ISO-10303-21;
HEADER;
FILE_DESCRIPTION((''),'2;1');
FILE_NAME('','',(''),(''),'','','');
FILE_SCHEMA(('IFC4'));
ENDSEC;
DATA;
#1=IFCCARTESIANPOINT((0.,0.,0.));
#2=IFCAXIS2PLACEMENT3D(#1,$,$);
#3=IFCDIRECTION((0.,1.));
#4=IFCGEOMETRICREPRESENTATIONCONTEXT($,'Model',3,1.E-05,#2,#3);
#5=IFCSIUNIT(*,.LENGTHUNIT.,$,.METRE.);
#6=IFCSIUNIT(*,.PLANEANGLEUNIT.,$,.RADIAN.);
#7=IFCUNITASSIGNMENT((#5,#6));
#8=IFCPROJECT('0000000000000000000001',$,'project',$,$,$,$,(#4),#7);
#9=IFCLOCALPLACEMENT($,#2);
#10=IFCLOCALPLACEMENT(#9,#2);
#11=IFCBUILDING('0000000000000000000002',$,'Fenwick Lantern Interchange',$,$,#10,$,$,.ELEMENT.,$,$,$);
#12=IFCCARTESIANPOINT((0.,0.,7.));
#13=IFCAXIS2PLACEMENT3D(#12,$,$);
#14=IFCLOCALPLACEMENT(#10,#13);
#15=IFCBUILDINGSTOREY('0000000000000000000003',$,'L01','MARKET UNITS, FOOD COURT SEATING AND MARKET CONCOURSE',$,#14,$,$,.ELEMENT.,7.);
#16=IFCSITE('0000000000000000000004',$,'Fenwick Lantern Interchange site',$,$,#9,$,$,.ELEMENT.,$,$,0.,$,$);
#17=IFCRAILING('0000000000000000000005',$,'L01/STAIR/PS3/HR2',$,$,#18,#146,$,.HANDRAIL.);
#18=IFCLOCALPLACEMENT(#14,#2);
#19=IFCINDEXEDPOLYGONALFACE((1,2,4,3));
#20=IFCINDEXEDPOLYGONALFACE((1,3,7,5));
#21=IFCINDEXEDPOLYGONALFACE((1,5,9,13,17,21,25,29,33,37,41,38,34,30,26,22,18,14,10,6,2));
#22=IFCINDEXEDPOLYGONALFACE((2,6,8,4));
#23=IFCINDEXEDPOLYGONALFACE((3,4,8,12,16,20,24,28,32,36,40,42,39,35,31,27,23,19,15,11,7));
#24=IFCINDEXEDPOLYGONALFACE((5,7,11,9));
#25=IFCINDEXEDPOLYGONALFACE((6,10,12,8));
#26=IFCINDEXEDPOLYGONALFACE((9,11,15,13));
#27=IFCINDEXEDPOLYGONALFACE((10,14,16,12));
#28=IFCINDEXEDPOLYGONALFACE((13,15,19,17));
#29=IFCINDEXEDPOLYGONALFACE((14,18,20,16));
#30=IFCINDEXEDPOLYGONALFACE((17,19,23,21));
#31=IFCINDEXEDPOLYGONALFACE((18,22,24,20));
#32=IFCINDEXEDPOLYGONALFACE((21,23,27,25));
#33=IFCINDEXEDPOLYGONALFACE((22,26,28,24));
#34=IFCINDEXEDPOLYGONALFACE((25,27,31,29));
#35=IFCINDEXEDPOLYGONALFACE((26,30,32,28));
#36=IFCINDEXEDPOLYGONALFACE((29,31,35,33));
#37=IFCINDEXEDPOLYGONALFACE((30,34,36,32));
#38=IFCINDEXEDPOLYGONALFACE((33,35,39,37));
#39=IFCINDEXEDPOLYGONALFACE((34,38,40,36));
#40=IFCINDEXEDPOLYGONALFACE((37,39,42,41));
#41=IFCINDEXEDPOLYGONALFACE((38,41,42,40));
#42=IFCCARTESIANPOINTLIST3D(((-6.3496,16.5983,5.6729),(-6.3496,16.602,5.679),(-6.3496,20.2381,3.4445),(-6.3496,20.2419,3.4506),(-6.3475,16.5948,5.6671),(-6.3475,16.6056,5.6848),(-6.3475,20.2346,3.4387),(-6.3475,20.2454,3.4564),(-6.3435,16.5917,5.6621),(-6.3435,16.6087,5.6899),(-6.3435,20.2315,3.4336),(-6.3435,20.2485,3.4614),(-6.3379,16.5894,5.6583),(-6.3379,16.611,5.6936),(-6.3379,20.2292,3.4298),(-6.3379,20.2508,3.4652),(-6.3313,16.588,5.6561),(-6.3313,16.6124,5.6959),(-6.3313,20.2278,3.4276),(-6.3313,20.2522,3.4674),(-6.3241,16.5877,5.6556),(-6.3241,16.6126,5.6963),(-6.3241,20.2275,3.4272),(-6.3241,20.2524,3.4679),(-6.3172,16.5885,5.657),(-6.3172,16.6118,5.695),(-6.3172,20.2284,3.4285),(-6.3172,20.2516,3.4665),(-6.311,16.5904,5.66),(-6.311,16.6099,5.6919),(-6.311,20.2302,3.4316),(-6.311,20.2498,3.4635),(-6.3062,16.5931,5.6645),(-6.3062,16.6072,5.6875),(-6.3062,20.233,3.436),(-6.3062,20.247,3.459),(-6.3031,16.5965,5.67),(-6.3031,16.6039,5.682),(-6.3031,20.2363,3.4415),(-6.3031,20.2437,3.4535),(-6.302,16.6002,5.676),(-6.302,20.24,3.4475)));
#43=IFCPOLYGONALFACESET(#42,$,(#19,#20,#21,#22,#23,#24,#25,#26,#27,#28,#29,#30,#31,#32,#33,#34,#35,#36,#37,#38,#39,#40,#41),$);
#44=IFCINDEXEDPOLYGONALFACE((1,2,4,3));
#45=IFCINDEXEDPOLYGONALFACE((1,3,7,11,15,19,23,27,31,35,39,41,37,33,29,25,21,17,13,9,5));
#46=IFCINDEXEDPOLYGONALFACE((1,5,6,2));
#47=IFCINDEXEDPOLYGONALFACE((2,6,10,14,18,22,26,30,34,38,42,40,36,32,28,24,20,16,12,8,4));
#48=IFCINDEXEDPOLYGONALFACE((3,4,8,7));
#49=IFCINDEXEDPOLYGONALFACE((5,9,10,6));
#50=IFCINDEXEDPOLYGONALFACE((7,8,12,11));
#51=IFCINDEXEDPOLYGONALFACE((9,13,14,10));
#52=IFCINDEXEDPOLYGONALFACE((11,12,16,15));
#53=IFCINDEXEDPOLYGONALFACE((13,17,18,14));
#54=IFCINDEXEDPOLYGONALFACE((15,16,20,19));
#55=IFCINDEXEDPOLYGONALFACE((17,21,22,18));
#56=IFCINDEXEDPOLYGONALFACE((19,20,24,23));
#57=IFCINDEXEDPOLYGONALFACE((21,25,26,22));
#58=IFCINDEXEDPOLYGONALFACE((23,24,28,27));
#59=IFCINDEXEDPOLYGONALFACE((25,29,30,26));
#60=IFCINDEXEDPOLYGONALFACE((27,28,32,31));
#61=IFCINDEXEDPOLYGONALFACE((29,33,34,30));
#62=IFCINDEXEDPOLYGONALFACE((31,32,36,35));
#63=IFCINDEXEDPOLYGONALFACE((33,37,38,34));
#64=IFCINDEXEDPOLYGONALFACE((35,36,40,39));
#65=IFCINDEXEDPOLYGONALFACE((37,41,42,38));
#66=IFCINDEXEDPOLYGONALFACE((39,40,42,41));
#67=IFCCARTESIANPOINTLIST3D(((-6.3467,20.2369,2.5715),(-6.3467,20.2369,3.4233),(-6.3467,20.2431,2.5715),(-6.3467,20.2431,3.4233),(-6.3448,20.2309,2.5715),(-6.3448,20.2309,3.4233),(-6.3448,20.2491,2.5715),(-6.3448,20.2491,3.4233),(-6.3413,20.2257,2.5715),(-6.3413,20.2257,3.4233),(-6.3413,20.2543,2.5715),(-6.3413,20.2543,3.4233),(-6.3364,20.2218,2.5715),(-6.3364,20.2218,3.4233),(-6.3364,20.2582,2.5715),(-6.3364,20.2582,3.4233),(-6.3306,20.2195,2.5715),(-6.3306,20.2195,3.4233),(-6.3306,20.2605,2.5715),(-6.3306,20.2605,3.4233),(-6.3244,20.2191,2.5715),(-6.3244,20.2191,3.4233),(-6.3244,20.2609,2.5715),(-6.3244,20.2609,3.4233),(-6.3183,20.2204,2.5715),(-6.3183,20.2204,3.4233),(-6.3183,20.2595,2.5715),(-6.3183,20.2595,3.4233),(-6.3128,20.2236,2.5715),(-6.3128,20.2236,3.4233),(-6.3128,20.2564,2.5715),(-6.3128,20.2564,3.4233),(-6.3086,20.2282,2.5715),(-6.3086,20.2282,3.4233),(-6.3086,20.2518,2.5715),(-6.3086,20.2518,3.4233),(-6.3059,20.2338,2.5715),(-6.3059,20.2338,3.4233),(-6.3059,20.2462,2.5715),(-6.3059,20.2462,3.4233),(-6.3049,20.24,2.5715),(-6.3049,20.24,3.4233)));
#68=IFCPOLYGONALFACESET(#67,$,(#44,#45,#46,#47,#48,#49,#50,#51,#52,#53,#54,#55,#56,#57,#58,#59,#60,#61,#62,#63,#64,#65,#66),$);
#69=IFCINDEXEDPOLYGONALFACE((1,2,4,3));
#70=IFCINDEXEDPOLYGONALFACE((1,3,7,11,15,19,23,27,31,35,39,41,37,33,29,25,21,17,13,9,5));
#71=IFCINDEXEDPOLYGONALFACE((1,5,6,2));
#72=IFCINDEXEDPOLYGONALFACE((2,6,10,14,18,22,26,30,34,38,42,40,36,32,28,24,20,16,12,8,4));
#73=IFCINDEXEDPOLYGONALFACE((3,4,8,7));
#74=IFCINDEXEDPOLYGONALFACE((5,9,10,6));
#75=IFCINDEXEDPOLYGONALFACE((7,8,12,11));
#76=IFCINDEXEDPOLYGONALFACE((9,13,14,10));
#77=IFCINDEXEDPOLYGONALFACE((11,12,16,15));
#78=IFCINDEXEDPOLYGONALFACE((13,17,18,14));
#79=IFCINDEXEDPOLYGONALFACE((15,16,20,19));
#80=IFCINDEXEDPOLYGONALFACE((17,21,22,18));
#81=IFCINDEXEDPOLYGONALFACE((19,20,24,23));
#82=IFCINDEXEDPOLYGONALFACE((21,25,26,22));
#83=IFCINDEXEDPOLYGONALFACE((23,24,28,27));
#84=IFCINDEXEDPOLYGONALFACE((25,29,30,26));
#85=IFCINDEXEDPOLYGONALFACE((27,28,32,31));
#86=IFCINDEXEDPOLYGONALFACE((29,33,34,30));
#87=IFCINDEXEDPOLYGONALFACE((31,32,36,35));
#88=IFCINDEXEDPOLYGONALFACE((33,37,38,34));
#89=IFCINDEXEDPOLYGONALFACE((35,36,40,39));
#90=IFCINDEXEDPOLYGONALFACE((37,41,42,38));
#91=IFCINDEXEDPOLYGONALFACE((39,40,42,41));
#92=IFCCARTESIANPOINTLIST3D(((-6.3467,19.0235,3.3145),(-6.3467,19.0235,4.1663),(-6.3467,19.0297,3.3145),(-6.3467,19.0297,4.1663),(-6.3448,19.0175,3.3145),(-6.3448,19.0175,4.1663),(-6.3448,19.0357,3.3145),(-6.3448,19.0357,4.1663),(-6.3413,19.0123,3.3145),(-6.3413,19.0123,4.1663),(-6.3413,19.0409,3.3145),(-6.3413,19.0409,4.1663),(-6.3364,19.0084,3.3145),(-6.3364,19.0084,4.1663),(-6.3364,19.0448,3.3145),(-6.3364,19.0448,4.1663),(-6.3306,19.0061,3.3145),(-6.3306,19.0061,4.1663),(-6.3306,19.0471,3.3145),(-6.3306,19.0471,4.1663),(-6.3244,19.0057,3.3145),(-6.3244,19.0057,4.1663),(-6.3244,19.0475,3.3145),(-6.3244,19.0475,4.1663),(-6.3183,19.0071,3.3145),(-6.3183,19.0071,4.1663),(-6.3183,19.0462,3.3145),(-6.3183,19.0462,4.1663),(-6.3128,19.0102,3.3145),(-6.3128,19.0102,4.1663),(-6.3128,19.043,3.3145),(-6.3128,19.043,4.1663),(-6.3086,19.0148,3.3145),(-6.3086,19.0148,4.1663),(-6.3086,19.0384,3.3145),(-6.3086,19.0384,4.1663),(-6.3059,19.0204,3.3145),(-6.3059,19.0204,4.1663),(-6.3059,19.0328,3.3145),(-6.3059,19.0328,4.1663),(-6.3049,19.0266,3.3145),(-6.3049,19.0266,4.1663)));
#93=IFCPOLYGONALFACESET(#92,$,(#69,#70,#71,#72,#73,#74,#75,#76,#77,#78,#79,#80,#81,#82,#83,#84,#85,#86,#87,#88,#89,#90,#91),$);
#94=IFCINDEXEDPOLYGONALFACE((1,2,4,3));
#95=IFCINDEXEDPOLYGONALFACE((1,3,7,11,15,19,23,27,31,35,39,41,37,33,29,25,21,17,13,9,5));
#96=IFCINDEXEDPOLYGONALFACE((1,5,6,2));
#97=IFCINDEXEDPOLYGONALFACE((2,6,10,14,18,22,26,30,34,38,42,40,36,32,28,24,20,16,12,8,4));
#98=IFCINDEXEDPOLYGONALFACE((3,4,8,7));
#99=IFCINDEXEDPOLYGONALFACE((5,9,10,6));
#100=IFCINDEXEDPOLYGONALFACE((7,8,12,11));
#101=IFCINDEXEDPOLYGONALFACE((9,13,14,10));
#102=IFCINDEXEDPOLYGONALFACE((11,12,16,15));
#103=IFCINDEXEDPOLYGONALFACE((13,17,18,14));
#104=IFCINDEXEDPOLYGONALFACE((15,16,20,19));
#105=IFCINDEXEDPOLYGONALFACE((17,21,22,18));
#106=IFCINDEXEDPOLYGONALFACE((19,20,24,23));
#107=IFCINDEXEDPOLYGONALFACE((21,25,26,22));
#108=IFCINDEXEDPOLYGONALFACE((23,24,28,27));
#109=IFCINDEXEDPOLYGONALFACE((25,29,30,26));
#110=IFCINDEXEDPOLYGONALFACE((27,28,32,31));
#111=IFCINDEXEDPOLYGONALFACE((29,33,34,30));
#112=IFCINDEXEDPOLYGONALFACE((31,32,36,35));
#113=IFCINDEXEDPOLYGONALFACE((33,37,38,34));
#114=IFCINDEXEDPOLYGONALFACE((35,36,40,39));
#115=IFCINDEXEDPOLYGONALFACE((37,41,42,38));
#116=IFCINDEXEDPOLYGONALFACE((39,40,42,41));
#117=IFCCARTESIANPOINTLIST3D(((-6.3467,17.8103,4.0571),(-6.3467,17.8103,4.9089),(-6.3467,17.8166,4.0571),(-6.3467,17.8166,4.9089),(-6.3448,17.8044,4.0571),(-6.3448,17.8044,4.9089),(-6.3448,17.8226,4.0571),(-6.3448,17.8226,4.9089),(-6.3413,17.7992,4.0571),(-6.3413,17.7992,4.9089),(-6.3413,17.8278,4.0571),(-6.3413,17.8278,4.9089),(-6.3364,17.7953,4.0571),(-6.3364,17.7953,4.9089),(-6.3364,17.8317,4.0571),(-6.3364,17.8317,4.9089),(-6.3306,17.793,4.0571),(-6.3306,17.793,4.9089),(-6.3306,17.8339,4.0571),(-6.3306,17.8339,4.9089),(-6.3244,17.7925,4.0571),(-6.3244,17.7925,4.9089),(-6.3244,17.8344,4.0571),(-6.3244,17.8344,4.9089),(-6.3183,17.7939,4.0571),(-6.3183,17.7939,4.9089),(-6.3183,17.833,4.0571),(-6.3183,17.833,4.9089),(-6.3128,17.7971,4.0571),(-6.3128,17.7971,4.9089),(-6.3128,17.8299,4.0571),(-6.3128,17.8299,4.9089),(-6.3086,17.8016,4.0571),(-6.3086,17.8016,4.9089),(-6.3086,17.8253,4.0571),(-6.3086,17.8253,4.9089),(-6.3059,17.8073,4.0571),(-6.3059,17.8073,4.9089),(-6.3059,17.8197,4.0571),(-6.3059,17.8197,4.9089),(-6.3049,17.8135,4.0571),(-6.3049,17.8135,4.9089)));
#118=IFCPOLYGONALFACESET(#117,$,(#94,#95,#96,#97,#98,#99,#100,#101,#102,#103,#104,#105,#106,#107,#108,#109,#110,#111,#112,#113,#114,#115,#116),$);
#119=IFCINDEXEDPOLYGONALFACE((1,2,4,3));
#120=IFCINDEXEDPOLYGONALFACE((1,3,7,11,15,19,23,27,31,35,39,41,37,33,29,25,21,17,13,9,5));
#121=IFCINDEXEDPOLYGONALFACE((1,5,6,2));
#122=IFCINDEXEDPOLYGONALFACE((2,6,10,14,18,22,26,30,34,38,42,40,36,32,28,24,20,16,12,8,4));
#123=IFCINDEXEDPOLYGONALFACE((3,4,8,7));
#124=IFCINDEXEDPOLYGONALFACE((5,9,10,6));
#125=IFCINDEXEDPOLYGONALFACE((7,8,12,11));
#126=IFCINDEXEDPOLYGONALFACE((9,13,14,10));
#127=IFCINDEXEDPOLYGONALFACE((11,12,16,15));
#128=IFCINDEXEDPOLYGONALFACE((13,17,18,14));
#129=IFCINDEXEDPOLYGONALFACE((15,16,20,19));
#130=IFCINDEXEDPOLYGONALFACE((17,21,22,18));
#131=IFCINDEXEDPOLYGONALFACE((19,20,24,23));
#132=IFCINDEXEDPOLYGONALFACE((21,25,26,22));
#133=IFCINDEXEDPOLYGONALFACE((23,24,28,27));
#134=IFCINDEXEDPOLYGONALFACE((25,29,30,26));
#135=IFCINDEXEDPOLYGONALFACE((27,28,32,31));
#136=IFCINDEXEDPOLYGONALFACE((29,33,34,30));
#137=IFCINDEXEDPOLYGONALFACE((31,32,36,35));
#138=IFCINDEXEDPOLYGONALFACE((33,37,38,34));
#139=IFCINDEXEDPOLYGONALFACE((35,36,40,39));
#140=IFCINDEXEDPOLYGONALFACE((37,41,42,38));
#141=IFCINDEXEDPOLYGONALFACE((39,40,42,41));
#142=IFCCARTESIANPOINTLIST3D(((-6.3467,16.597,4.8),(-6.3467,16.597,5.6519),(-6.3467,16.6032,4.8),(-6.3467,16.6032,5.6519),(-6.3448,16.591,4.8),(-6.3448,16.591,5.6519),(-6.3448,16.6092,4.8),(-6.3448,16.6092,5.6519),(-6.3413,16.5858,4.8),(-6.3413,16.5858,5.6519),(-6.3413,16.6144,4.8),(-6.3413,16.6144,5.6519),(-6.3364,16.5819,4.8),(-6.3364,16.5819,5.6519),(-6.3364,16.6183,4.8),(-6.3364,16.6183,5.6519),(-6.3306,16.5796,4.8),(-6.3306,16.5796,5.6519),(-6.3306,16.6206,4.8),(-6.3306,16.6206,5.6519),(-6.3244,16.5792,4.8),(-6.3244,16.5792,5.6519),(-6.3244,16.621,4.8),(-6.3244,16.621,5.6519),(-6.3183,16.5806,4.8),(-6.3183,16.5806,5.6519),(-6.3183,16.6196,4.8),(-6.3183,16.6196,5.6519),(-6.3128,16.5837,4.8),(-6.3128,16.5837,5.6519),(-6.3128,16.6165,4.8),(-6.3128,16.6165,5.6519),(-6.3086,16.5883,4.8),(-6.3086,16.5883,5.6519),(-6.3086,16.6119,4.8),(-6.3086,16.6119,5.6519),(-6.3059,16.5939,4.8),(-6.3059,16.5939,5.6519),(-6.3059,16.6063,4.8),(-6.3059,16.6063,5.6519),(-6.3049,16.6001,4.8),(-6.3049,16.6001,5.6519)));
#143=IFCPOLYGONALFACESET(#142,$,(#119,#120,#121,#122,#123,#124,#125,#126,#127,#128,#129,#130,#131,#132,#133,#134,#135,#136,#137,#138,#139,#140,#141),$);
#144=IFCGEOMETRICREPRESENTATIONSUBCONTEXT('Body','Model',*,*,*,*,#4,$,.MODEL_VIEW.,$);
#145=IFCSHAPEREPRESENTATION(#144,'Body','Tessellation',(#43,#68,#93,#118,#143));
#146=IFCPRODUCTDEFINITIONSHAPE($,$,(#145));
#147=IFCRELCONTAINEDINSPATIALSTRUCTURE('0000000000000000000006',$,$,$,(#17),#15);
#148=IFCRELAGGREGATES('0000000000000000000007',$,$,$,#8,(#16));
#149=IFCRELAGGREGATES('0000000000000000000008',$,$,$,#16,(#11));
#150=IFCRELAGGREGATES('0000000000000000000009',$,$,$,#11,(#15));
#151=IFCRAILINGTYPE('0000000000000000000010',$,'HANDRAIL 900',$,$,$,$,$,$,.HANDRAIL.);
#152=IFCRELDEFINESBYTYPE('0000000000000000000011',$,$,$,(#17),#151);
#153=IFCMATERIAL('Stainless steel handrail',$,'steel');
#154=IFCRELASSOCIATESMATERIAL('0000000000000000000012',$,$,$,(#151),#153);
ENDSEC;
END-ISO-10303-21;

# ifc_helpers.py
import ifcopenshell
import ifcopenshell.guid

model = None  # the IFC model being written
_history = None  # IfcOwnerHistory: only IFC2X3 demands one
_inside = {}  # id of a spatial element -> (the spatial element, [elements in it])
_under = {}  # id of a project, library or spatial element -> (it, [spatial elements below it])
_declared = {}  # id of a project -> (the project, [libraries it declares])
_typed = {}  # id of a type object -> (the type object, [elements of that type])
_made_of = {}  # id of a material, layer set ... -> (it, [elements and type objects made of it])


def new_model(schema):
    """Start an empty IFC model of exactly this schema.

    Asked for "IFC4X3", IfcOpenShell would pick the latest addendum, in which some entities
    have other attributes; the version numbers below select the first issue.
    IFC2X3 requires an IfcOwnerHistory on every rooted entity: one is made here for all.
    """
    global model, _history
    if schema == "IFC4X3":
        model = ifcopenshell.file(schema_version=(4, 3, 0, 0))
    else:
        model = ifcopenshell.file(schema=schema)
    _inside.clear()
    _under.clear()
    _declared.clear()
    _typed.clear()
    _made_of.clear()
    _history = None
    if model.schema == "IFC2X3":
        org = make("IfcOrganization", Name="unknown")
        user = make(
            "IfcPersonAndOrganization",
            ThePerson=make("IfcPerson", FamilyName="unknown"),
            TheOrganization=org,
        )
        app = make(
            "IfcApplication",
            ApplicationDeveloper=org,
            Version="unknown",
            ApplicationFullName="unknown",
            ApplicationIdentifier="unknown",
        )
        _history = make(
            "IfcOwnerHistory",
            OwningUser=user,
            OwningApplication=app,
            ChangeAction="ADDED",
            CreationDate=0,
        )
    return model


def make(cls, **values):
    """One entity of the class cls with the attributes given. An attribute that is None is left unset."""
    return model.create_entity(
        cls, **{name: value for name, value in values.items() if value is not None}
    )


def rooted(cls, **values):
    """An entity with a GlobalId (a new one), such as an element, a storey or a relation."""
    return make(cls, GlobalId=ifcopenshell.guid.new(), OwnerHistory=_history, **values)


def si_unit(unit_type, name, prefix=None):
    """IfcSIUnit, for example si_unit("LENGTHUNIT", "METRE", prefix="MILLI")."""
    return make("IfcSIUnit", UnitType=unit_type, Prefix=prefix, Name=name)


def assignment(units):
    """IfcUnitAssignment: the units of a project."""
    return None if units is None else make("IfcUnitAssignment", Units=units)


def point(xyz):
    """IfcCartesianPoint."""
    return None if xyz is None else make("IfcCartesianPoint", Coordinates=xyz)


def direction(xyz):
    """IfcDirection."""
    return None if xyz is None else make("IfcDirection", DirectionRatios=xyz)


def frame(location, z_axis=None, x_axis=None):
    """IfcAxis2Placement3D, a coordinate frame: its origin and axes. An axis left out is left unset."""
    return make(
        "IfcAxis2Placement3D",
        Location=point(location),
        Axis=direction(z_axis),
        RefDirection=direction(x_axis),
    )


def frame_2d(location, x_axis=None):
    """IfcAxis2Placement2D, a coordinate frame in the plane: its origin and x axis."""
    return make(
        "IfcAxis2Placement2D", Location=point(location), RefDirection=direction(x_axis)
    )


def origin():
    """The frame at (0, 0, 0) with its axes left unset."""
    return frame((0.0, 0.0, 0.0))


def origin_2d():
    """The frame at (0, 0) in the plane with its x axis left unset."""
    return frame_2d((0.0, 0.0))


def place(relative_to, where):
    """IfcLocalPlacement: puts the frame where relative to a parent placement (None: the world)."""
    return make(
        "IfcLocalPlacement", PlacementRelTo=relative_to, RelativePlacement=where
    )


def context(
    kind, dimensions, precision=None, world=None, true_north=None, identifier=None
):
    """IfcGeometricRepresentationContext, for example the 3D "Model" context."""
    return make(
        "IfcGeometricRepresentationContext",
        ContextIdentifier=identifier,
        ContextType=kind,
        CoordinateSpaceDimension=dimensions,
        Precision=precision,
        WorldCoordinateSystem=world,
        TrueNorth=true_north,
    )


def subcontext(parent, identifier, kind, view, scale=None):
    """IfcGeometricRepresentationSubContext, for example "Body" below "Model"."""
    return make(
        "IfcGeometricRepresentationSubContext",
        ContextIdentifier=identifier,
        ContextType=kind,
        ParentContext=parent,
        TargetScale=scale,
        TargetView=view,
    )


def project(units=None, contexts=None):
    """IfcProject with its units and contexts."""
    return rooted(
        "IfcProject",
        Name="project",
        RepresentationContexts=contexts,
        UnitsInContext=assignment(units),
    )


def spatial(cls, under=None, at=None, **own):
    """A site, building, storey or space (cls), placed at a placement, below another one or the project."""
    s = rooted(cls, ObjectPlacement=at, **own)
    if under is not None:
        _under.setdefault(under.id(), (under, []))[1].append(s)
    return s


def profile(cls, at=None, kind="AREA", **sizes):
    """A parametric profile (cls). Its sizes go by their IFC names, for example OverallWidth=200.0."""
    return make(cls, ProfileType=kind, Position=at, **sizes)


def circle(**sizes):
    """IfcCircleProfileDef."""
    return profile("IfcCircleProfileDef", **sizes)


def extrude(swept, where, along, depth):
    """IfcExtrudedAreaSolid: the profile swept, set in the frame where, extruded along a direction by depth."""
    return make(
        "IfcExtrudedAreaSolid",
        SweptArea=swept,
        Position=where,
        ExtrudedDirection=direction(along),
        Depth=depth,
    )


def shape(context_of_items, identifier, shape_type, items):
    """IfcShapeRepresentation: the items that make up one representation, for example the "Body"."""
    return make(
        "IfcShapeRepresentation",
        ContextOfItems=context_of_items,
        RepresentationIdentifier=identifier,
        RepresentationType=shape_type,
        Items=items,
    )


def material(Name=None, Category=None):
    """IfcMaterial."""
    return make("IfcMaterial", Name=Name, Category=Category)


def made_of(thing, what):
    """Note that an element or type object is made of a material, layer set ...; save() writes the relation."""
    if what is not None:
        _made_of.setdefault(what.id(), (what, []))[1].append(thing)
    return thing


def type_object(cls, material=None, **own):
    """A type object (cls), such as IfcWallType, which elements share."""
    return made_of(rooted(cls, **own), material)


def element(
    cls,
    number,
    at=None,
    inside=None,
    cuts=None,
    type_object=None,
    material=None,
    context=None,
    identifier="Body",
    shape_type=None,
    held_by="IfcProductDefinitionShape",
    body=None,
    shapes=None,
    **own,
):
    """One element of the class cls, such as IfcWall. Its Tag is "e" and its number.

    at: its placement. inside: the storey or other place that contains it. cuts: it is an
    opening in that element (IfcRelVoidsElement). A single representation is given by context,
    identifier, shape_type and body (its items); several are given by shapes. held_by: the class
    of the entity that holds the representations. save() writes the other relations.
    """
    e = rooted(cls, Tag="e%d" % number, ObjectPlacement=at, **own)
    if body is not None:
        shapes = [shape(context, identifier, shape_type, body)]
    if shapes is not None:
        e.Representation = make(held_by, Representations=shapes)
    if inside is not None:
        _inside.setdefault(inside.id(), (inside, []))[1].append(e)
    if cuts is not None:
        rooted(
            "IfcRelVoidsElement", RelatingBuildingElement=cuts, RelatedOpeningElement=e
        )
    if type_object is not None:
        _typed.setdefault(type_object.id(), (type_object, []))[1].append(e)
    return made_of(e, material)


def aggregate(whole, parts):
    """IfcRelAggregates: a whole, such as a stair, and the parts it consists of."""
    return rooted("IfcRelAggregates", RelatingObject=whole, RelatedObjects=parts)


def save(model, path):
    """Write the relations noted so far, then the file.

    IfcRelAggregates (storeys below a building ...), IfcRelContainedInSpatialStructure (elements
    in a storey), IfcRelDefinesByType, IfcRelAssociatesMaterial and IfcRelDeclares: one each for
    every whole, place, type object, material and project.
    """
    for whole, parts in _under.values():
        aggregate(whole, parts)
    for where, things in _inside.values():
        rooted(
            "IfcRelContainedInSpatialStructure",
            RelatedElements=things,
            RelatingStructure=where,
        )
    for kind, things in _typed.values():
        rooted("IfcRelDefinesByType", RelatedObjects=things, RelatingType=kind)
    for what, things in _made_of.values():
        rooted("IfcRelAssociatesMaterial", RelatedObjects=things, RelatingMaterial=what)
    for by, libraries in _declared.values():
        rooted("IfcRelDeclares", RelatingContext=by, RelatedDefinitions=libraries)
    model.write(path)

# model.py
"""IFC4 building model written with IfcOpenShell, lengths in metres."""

from ifc_helpers import new_model, si_unit, direction, frame, origin, origin_2d, place, context, subcontext, project, spatial, circle, extrude, material, type_object, element, save


model = new_model("IFC4")

# Units and contexts
model_context = context("Model", 3, precision=1e-05, world=origin(), true_north=direction((0.0, 1.0)))
body_context = subcontext(model_context, "Body", "Model", "MODEL_VIEW")
ifc_project = project(units=[si_unit("LENGTHUNIT", "METRE"), si_unit("PLANEANGLEUNIT", "RADIAN")], contexts=[model_context])

# Site, building, storey
site_placement = place(None, origin())
site = spatial("IfcSite", under=ifc_project, at=site_placement, Name="Fenwick Lantern Interchange site", CompositionType="ELEMENT", RefElevation=0.0)
building_placement = place(site_placement, origin())
building = spatial("IfcBuilding", under=site, at=building_placement, Name="Fenwick Lantern Interchange", CompositionType="ELEMENT")
storey_placement = place(building_placement, frame((0.0, 0.0, 7.0)))
storey = spatial("IfcBuildingStorey", under=building, at=storey_placement, Name="L01", Description="MARKET UNITS, FOOD COURT SEATING AND MARKET CONCOURSE", CompositionType="ELEMENT", Elevation=7.0)

# Railing
ifc_material_1 = material(Name="Stainless steel handrail", Category="steel")
railing_type = type_object("IfcRailingType", Name="HANDRAIL 900", PredefinedType="HANDRAIL", material=ifc_material_1)
railing_1_placement = place(storey_placement, frame((-6.3259, 20.24, 2.5715)))
element("IfcRailing", 1, at=railing_1_placement, inside=storey, type_object=railing_type, Name="L01/STAIR/PS3/HR2", PredefinedType="HANDRAIL", context=body_context, shape_type="SweptSolid", body=[
    extrude(circle(Radius=0.0239, at=origin_2d()), frame((0.0, 0.0, 0.876), z_axis=(0.0, -0.85285, 0.522156), x_axis=(1.0, 0.0, 0.0)), (0.0, 0.0, 1.0), 4.2678),
    extrude(circle(Radius=0.021, at=origin_2d()), origin(), (0.0, 0.0, 1.0), 0.8518),
    extrude(circle(Radius=0.021, at=origin_2d()), frame((0.0, -1.2134, 0.7429)), (0.0, 0.0, 1.0), 0.8518),
    extrude(circle(Radius=0.021, at=origin_2d()), frame((0.0, -2.4265, 1.4856)), (0.0, 0.0, 1.0), 0.8518),
    extrude(circle(Radius=0.021, at=origin_2d()), frame((0.0, -3.6399, 2.2285)), (0.0, 0.0, 1.0), 0.8518),
])

save(model, "model.ifc")
